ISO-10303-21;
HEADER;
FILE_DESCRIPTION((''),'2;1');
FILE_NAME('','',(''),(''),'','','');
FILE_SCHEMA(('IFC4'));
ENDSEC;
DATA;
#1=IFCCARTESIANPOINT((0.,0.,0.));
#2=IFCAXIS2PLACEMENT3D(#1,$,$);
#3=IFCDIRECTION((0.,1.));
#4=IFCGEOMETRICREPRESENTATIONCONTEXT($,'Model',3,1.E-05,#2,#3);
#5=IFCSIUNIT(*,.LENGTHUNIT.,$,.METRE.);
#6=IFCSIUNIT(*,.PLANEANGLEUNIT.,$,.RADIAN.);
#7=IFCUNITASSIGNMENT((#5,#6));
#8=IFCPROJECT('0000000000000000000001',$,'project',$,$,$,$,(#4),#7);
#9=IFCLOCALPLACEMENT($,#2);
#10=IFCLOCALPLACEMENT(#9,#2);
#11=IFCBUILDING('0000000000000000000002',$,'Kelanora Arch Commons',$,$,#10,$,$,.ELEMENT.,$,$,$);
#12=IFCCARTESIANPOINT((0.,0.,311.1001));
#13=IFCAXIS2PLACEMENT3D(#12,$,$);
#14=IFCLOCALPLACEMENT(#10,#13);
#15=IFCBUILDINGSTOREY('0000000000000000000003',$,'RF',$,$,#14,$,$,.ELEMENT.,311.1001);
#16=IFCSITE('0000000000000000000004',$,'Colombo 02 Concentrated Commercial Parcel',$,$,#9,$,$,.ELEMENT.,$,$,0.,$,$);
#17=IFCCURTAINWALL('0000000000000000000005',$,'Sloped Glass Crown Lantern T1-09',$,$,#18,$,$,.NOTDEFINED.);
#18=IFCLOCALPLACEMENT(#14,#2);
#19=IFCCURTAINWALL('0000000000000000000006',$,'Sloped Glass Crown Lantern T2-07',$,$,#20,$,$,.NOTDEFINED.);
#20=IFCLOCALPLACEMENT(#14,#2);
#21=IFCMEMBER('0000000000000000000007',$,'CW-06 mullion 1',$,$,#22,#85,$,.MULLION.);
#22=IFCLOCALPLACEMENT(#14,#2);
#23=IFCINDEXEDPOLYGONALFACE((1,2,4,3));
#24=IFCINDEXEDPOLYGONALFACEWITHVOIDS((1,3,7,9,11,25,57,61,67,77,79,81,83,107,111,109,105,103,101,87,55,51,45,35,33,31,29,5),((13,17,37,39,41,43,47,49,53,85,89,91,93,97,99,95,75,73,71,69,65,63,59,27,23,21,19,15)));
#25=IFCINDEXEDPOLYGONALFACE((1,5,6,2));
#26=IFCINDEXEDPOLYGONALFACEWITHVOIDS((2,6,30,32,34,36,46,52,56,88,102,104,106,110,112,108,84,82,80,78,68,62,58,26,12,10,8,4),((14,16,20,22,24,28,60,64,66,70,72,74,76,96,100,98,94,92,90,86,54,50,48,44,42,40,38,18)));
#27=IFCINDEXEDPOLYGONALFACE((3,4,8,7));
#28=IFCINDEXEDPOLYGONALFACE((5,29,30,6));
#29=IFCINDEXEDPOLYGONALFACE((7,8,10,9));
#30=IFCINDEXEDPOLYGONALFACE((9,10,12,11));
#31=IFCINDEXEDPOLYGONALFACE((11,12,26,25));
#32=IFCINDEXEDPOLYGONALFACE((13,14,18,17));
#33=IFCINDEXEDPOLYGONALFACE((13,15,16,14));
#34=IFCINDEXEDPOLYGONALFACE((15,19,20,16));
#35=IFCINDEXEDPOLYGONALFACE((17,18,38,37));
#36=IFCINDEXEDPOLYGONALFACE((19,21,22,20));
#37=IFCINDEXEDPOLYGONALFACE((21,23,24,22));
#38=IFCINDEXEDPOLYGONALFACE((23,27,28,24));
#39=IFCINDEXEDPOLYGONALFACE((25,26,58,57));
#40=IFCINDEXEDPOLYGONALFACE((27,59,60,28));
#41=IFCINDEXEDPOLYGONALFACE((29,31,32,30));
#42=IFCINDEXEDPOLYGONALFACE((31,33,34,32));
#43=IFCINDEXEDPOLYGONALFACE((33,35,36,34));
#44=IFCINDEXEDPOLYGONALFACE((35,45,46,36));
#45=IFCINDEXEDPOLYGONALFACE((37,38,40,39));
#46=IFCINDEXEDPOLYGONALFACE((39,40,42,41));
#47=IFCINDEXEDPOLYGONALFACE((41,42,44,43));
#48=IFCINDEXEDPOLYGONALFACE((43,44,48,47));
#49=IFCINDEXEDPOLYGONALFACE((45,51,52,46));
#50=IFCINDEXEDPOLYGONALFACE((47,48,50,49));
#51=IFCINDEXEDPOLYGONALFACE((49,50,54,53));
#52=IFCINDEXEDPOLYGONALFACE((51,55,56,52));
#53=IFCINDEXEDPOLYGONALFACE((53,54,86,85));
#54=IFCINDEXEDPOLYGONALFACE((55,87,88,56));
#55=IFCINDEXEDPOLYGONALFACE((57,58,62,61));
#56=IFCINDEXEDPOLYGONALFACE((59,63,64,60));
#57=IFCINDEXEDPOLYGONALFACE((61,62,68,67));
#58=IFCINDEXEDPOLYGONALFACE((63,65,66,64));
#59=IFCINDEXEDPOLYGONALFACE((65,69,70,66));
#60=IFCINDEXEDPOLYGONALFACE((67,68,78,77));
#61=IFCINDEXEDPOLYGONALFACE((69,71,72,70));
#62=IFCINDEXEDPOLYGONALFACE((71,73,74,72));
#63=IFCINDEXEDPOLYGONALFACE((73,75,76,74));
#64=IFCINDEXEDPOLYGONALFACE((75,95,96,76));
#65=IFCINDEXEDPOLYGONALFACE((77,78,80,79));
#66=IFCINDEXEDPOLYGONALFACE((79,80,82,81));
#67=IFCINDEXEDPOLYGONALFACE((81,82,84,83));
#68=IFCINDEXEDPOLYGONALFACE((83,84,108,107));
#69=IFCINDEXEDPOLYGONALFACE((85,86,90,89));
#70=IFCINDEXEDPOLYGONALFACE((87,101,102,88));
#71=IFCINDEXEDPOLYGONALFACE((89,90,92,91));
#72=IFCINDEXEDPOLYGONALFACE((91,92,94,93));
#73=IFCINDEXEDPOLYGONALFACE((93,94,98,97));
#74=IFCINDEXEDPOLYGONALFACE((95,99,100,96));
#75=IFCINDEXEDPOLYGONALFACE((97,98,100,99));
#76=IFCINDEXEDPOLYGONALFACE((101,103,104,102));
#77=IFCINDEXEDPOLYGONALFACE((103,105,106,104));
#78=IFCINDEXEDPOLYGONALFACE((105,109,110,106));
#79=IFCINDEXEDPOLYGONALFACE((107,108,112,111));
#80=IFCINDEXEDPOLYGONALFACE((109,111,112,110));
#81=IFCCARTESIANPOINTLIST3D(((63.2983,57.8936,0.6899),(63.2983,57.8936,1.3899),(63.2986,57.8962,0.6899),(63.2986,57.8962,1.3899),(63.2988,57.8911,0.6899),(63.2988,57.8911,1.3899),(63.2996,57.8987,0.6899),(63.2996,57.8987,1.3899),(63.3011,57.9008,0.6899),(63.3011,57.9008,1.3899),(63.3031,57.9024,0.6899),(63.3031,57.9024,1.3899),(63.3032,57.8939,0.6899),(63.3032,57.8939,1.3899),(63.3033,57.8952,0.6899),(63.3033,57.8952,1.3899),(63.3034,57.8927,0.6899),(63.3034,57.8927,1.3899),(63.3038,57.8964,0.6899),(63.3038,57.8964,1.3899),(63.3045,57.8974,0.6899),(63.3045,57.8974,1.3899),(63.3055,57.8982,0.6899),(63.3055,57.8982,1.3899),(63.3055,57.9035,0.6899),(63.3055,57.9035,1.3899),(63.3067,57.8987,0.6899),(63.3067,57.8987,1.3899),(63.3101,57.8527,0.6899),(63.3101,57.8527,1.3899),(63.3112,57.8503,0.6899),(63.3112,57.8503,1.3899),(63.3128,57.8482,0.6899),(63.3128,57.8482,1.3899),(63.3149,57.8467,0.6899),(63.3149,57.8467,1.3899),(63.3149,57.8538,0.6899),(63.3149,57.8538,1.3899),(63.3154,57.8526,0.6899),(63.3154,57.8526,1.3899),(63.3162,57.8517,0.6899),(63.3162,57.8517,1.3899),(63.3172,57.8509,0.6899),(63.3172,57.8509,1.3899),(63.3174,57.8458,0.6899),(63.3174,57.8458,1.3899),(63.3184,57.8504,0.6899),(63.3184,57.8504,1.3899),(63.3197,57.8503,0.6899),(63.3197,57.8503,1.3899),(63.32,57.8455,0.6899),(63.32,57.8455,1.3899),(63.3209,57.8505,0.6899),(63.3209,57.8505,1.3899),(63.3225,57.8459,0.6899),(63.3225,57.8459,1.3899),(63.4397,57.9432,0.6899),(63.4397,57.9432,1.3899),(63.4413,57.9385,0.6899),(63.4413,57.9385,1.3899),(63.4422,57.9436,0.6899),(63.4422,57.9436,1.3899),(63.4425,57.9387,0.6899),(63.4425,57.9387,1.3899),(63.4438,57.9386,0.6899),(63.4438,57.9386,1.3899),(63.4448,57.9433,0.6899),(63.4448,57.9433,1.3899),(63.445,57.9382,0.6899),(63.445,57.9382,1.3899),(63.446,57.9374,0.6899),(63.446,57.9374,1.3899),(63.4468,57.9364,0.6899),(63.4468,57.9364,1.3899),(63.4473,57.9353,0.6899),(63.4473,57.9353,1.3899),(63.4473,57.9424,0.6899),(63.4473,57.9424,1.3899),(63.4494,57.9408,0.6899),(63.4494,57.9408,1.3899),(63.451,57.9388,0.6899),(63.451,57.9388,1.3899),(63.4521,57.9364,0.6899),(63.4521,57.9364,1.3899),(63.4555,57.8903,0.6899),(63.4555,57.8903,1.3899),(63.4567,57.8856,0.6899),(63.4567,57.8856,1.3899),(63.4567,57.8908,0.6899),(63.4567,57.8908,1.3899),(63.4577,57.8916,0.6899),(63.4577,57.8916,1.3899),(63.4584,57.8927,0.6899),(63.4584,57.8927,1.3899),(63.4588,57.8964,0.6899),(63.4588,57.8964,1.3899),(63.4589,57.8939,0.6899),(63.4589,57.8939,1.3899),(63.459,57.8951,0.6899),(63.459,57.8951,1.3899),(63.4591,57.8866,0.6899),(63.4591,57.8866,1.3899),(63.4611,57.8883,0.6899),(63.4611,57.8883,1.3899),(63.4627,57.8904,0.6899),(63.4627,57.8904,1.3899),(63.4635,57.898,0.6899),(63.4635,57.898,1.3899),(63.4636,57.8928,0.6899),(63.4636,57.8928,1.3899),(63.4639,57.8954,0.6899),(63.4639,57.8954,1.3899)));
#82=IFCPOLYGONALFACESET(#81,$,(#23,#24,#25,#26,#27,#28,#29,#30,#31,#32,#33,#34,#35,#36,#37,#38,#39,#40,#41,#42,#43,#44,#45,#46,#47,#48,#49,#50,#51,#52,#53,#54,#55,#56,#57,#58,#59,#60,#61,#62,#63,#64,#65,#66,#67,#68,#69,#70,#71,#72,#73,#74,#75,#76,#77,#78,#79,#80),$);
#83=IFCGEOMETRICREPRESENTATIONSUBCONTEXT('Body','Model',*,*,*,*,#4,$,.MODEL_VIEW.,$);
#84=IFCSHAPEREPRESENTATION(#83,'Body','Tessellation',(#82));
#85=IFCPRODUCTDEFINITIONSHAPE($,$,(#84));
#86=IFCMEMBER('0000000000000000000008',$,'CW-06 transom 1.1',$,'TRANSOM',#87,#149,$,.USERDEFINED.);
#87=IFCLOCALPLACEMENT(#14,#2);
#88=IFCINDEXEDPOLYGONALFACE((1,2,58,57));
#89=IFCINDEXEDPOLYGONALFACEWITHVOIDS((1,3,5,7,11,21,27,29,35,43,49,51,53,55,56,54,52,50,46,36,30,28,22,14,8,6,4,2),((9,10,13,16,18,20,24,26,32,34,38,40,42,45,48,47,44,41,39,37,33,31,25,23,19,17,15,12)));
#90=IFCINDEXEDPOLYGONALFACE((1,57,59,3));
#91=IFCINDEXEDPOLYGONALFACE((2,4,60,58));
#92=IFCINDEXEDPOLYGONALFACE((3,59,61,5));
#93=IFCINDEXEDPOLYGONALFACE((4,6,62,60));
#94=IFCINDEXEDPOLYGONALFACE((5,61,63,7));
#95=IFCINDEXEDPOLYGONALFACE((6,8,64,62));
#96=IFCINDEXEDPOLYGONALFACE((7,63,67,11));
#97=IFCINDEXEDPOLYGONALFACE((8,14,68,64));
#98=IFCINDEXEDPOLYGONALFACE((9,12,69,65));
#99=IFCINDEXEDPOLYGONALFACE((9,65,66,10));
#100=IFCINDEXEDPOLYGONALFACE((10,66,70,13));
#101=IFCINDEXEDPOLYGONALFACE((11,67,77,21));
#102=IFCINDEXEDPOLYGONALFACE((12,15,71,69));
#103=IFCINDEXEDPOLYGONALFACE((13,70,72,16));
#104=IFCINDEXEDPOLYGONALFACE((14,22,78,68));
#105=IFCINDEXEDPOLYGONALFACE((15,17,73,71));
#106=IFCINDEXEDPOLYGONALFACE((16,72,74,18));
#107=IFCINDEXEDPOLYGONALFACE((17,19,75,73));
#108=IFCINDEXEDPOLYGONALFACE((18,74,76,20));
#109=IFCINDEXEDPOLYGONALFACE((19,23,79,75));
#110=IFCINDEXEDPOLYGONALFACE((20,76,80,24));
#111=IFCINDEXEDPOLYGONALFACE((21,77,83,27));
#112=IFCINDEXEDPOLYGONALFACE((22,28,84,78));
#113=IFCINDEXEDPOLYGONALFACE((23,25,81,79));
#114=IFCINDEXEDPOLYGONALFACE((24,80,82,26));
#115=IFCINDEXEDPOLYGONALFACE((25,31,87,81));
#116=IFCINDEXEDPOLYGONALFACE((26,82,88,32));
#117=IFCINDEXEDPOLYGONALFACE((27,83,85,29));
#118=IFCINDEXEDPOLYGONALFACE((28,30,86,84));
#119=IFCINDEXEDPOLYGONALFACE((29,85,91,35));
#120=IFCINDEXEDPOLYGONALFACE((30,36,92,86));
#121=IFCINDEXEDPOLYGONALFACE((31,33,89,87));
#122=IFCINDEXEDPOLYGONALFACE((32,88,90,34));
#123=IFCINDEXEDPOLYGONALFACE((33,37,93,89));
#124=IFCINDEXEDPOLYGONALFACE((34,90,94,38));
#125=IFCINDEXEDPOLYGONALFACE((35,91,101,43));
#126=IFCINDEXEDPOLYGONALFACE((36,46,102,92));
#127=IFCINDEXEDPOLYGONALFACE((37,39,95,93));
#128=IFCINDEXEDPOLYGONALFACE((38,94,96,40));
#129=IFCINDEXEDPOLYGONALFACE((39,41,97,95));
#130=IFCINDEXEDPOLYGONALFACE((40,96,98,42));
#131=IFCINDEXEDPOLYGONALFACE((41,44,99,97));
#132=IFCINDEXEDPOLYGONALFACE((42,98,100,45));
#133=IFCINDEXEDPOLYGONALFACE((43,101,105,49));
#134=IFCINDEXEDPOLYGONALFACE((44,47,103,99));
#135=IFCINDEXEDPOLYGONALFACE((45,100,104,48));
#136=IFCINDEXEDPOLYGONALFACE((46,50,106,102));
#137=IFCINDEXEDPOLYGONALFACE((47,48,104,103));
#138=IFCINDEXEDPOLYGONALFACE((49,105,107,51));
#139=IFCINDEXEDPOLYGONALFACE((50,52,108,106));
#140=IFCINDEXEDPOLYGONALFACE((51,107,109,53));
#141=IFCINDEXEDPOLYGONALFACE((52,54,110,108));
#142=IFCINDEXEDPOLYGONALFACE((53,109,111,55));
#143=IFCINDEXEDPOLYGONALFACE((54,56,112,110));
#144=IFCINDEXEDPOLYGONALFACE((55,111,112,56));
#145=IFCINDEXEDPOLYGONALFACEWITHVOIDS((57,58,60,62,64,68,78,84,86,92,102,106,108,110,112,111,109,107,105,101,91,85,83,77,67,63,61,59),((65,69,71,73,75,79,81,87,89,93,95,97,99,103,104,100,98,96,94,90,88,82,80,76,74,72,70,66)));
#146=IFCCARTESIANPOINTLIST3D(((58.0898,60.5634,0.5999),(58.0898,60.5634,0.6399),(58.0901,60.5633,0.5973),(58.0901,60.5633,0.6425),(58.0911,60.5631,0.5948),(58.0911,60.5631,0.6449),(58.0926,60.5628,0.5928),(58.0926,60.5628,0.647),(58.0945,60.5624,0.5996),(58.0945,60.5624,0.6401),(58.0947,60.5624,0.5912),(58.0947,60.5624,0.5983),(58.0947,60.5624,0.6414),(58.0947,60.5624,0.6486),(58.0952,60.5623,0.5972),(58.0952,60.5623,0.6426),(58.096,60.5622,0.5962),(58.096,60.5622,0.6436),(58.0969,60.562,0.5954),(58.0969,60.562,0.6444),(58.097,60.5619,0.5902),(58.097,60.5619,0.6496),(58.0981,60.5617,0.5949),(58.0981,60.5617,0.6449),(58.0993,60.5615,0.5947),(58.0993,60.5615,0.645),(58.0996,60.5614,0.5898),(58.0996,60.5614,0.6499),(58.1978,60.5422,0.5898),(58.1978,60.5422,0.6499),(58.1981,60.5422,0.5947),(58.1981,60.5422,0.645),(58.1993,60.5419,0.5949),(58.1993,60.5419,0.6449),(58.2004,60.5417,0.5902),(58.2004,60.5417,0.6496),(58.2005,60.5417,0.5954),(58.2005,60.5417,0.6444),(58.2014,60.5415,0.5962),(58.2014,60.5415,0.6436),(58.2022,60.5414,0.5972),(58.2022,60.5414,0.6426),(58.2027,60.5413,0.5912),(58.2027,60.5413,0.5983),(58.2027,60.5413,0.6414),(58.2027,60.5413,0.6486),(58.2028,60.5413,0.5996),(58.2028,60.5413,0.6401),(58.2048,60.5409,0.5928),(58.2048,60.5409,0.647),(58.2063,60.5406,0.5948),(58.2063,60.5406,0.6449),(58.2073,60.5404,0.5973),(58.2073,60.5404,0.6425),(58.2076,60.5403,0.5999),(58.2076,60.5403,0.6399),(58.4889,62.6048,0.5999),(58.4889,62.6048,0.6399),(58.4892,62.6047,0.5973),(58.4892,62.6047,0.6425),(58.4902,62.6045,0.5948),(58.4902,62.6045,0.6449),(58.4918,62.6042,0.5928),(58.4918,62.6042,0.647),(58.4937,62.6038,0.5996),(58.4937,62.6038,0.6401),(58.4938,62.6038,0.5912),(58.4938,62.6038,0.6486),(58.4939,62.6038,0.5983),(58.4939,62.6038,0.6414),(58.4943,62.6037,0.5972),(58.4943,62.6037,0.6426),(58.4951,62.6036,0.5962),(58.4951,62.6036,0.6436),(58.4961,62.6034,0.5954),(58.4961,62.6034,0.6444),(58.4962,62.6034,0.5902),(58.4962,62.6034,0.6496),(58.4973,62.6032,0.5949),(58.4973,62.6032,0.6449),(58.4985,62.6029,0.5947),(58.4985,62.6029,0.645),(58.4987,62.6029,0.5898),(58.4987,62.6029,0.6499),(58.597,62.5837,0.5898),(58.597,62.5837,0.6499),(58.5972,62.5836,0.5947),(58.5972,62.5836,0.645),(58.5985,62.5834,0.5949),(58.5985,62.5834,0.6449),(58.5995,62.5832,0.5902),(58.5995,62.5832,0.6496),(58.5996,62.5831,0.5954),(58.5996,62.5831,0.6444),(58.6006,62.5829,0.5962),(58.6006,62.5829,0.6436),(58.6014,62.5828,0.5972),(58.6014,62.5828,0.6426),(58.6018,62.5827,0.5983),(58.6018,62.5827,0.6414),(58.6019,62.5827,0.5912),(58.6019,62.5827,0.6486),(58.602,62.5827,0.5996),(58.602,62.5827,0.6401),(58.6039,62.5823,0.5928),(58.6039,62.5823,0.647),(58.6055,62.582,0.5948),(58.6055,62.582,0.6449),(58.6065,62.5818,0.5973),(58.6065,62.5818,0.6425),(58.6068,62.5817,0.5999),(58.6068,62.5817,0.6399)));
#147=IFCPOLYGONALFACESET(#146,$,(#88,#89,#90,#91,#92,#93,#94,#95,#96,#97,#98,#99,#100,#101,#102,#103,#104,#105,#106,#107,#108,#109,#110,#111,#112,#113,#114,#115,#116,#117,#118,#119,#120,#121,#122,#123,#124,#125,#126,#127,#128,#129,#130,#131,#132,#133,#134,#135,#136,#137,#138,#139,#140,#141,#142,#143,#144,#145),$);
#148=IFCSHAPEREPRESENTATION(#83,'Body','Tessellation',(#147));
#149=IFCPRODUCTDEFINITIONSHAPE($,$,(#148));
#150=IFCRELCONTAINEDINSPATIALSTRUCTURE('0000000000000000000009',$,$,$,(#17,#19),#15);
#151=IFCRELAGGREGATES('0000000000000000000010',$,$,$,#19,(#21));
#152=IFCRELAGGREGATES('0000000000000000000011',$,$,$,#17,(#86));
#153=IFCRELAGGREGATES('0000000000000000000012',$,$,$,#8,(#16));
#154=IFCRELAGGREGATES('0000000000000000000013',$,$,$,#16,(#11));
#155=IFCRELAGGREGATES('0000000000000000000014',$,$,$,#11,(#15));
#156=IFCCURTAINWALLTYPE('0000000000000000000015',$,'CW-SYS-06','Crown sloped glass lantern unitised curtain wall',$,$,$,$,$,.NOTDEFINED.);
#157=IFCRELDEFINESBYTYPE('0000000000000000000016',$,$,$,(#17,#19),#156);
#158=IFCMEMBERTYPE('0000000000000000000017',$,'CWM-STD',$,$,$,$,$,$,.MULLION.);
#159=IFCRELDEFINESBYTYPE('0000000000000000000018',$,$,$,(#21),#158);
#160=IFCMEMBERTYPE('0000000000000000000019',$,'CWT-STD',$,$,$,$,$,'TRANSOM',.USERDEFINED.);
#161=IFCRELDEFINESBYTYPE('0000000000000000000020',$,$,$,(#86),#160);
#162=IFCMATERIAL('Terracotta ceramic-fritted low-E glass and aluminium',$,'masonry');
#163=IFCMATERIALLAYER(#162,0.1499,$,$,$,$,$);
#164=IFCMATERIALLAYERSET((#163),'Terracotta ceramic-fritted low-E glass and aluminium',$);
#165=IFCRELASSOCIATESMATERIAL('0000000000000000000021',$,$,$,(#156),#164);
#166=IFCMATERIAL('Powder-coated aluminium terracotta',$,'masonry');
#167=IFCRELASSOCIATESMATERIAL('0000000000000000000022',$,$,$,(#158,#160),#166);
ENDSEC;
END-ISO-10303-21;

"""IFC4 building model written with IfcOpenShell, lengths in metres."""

from ifc_helpers import new_model, si_unit, direction, frame, origin, origin_2d, place, context, subcontext, project, spatial, hollow_rectangle, extrude, material, layer, layer_set, material_profile, profile_set, type_object, element, aggregate, save


model = new_model("IFC4")

# Units and contexts
model_context = context("Model", 3, precision=1e-05, world=origin(), true_north=direction((0.0, 1.0)))
body_context = subcontext(model_context, "Body", "Model", "MODEL_VIEW")
ifc_project = project(units=[si_unit("LENGTHUNIT", "METRE"), si_unit("PLANEANGLEUNIT", "RADIAN")], contexts=[model_context])

# Site, building, storey
site_placement = place(None, origin())
site = spatial("IfcSite", under=ifc_project, at=site_placement, Name="Colombo 02 Concentrated Commercial Parcel", CompositionType="ELEMENT", RefElevation=0.0)
building_placement = place(site_placement, origin())
building = spatial("IfcBuilding", under=site, at=building_placement, Name="Kelanora Arch Commons", CompositionType="ELEMENT")
storey_placement = place(building_placement, frame((0.0, 0.0, 311.1001)))
storey = spatial("IfcBuildingStorey", under=building, at=storey_placement, Name="RF", CompositionType="ELEMENT", Elevation=311.1001)

# Curtain wall
ifc_material_1 = material(Name="Terracotta ceramic-fritted low-E glass and aluminium", Category="masonry")
ifc_layer_1 = layer(ifc_material_1, 0.1499)
ifc_layer_set_1 = layer_set([ifc_layer_1], Name="Terracotta ceramic-fritted low-E glass and aluminium")
curtain_wall_type = type_object("IfcCurtainWallType", Name="CW-SYS-06", Description="Crown sloped glass lantern unitised curtain wall", PredefinedType="NOTDEFINED", material=ifc_layer_set_1)
curtain_wall_1_placement = place(storey_placement, origin())
curtain_wall_1 = element("IfcCurtainWall", 1, at=curtain_wall_1_placement, inside=storey, type_object=curtain_wall_type, Name="Sloped Glass Crown Lantern T1-09", PredefinedType="NOTDEFINED")
ifc_material_2 = material(Name="Powder-coated aluminium terracotta", Category="masonry")
ifc_material_profile_1 = material_profile(ifc_material_2, hollow_rectangle(XDim=0.1599, YDim=0.0601, WallThickness=0.0049, InnerFilletRadius=0.0049, OuterFilletRadius=0.01, at=origin_2d()), Name="CWM160x60")
ifc_profile_set_1 = profile_set([ifc_material_profile_1], Name="Powder-coated aluminium terracotta")
member_type_1 = type_object("IfcMemberType", Name="CWM-STD", PredefinedType="MULLION", material=ifc_profile_set_1)

# Curtain wall, member
curtain_wall_2_placement = place(storey_placement, origin())
curtain_wall_2 = element("IfcCurtainWall", 2, at=curtain_wall_2_placement, inside=storey, type_object=curtain_wall_type, Name="Sloped Glass Crown Lantern T2-07", PredefinedType="NOTDEFINED")
member_1_placement = place(storey_placement, frame((63.3811, 57.8945, 0.6899), z_axis=(0.0, 0.0, 1.0), x_axis=(0.958953, 0.283564, 0.0)))
member_1 = element("IfcMember", 3, at=member_1_placement, type_object=member_type_1, Name="CW-06 mullion 1", PredefinedType="MULLION", context=body_context, shape_type="SweptSolid", body=[
    extrude(hollow_rectangle(XDim=0.1599, YDim=0.0601, WallThickness=0.0049, InnerFilletRadius=0.0049, OuterFilletRadius=0.01, at=origin_2d()), origin(), (0.0, 0.0, 1.0), 0.7),
])
aggregate(curtain_wall_2, [member_1])

# Member
ifc_material_profile_2 = material_profile(ifc_material_2, hollow_rectangle(XDim=0.1201, YDim=0.0601, WallThickness=0.0049, InnerFilletRadius=0.0049, OuterFilletRadius=0.01, at=origin_2d()), Name="CWT120x60")
ifc_profile_set_2 = profile_set([ifc_material_profile_2], Name="Powder-coated aluminium terracotta")
member_type_2 = type_object("IfcMemberType", Name="CWT-STD", ElementType="TRANSOM", PredefinedType="USERDEFINED", material=ifc_profile_set_2)
member_2_placement = place(storey_placement, frame((58.5479, 62.5933, 0.6199), z_axis=(-0.191894, -0.981416, 0.0), x_axis=(0.981416, -0.191894, 0.0)))
member_2 = element("IfcMember", 4, at=member_2_placement, type_object=member_type_2, Name="CW-06 transom 1.1", ObjectType="TRANSOM", PredefinedType="USERDEFINED", context=body_context, shape_type="SweptSolid", body=[
    extrude(hollow_rectangle(XDim=0.1201, YDim=0.0601, WallThickness=0.0049, InnerFilletRadius=0.0049, OuterFilletRadius=0.01, at=origin_2d()), origin(), (0.0, 0.0, 1.0), 2.0801),
])

aggregate(curtain_wall_1, [member_2])

save(model, "model.ifc")
